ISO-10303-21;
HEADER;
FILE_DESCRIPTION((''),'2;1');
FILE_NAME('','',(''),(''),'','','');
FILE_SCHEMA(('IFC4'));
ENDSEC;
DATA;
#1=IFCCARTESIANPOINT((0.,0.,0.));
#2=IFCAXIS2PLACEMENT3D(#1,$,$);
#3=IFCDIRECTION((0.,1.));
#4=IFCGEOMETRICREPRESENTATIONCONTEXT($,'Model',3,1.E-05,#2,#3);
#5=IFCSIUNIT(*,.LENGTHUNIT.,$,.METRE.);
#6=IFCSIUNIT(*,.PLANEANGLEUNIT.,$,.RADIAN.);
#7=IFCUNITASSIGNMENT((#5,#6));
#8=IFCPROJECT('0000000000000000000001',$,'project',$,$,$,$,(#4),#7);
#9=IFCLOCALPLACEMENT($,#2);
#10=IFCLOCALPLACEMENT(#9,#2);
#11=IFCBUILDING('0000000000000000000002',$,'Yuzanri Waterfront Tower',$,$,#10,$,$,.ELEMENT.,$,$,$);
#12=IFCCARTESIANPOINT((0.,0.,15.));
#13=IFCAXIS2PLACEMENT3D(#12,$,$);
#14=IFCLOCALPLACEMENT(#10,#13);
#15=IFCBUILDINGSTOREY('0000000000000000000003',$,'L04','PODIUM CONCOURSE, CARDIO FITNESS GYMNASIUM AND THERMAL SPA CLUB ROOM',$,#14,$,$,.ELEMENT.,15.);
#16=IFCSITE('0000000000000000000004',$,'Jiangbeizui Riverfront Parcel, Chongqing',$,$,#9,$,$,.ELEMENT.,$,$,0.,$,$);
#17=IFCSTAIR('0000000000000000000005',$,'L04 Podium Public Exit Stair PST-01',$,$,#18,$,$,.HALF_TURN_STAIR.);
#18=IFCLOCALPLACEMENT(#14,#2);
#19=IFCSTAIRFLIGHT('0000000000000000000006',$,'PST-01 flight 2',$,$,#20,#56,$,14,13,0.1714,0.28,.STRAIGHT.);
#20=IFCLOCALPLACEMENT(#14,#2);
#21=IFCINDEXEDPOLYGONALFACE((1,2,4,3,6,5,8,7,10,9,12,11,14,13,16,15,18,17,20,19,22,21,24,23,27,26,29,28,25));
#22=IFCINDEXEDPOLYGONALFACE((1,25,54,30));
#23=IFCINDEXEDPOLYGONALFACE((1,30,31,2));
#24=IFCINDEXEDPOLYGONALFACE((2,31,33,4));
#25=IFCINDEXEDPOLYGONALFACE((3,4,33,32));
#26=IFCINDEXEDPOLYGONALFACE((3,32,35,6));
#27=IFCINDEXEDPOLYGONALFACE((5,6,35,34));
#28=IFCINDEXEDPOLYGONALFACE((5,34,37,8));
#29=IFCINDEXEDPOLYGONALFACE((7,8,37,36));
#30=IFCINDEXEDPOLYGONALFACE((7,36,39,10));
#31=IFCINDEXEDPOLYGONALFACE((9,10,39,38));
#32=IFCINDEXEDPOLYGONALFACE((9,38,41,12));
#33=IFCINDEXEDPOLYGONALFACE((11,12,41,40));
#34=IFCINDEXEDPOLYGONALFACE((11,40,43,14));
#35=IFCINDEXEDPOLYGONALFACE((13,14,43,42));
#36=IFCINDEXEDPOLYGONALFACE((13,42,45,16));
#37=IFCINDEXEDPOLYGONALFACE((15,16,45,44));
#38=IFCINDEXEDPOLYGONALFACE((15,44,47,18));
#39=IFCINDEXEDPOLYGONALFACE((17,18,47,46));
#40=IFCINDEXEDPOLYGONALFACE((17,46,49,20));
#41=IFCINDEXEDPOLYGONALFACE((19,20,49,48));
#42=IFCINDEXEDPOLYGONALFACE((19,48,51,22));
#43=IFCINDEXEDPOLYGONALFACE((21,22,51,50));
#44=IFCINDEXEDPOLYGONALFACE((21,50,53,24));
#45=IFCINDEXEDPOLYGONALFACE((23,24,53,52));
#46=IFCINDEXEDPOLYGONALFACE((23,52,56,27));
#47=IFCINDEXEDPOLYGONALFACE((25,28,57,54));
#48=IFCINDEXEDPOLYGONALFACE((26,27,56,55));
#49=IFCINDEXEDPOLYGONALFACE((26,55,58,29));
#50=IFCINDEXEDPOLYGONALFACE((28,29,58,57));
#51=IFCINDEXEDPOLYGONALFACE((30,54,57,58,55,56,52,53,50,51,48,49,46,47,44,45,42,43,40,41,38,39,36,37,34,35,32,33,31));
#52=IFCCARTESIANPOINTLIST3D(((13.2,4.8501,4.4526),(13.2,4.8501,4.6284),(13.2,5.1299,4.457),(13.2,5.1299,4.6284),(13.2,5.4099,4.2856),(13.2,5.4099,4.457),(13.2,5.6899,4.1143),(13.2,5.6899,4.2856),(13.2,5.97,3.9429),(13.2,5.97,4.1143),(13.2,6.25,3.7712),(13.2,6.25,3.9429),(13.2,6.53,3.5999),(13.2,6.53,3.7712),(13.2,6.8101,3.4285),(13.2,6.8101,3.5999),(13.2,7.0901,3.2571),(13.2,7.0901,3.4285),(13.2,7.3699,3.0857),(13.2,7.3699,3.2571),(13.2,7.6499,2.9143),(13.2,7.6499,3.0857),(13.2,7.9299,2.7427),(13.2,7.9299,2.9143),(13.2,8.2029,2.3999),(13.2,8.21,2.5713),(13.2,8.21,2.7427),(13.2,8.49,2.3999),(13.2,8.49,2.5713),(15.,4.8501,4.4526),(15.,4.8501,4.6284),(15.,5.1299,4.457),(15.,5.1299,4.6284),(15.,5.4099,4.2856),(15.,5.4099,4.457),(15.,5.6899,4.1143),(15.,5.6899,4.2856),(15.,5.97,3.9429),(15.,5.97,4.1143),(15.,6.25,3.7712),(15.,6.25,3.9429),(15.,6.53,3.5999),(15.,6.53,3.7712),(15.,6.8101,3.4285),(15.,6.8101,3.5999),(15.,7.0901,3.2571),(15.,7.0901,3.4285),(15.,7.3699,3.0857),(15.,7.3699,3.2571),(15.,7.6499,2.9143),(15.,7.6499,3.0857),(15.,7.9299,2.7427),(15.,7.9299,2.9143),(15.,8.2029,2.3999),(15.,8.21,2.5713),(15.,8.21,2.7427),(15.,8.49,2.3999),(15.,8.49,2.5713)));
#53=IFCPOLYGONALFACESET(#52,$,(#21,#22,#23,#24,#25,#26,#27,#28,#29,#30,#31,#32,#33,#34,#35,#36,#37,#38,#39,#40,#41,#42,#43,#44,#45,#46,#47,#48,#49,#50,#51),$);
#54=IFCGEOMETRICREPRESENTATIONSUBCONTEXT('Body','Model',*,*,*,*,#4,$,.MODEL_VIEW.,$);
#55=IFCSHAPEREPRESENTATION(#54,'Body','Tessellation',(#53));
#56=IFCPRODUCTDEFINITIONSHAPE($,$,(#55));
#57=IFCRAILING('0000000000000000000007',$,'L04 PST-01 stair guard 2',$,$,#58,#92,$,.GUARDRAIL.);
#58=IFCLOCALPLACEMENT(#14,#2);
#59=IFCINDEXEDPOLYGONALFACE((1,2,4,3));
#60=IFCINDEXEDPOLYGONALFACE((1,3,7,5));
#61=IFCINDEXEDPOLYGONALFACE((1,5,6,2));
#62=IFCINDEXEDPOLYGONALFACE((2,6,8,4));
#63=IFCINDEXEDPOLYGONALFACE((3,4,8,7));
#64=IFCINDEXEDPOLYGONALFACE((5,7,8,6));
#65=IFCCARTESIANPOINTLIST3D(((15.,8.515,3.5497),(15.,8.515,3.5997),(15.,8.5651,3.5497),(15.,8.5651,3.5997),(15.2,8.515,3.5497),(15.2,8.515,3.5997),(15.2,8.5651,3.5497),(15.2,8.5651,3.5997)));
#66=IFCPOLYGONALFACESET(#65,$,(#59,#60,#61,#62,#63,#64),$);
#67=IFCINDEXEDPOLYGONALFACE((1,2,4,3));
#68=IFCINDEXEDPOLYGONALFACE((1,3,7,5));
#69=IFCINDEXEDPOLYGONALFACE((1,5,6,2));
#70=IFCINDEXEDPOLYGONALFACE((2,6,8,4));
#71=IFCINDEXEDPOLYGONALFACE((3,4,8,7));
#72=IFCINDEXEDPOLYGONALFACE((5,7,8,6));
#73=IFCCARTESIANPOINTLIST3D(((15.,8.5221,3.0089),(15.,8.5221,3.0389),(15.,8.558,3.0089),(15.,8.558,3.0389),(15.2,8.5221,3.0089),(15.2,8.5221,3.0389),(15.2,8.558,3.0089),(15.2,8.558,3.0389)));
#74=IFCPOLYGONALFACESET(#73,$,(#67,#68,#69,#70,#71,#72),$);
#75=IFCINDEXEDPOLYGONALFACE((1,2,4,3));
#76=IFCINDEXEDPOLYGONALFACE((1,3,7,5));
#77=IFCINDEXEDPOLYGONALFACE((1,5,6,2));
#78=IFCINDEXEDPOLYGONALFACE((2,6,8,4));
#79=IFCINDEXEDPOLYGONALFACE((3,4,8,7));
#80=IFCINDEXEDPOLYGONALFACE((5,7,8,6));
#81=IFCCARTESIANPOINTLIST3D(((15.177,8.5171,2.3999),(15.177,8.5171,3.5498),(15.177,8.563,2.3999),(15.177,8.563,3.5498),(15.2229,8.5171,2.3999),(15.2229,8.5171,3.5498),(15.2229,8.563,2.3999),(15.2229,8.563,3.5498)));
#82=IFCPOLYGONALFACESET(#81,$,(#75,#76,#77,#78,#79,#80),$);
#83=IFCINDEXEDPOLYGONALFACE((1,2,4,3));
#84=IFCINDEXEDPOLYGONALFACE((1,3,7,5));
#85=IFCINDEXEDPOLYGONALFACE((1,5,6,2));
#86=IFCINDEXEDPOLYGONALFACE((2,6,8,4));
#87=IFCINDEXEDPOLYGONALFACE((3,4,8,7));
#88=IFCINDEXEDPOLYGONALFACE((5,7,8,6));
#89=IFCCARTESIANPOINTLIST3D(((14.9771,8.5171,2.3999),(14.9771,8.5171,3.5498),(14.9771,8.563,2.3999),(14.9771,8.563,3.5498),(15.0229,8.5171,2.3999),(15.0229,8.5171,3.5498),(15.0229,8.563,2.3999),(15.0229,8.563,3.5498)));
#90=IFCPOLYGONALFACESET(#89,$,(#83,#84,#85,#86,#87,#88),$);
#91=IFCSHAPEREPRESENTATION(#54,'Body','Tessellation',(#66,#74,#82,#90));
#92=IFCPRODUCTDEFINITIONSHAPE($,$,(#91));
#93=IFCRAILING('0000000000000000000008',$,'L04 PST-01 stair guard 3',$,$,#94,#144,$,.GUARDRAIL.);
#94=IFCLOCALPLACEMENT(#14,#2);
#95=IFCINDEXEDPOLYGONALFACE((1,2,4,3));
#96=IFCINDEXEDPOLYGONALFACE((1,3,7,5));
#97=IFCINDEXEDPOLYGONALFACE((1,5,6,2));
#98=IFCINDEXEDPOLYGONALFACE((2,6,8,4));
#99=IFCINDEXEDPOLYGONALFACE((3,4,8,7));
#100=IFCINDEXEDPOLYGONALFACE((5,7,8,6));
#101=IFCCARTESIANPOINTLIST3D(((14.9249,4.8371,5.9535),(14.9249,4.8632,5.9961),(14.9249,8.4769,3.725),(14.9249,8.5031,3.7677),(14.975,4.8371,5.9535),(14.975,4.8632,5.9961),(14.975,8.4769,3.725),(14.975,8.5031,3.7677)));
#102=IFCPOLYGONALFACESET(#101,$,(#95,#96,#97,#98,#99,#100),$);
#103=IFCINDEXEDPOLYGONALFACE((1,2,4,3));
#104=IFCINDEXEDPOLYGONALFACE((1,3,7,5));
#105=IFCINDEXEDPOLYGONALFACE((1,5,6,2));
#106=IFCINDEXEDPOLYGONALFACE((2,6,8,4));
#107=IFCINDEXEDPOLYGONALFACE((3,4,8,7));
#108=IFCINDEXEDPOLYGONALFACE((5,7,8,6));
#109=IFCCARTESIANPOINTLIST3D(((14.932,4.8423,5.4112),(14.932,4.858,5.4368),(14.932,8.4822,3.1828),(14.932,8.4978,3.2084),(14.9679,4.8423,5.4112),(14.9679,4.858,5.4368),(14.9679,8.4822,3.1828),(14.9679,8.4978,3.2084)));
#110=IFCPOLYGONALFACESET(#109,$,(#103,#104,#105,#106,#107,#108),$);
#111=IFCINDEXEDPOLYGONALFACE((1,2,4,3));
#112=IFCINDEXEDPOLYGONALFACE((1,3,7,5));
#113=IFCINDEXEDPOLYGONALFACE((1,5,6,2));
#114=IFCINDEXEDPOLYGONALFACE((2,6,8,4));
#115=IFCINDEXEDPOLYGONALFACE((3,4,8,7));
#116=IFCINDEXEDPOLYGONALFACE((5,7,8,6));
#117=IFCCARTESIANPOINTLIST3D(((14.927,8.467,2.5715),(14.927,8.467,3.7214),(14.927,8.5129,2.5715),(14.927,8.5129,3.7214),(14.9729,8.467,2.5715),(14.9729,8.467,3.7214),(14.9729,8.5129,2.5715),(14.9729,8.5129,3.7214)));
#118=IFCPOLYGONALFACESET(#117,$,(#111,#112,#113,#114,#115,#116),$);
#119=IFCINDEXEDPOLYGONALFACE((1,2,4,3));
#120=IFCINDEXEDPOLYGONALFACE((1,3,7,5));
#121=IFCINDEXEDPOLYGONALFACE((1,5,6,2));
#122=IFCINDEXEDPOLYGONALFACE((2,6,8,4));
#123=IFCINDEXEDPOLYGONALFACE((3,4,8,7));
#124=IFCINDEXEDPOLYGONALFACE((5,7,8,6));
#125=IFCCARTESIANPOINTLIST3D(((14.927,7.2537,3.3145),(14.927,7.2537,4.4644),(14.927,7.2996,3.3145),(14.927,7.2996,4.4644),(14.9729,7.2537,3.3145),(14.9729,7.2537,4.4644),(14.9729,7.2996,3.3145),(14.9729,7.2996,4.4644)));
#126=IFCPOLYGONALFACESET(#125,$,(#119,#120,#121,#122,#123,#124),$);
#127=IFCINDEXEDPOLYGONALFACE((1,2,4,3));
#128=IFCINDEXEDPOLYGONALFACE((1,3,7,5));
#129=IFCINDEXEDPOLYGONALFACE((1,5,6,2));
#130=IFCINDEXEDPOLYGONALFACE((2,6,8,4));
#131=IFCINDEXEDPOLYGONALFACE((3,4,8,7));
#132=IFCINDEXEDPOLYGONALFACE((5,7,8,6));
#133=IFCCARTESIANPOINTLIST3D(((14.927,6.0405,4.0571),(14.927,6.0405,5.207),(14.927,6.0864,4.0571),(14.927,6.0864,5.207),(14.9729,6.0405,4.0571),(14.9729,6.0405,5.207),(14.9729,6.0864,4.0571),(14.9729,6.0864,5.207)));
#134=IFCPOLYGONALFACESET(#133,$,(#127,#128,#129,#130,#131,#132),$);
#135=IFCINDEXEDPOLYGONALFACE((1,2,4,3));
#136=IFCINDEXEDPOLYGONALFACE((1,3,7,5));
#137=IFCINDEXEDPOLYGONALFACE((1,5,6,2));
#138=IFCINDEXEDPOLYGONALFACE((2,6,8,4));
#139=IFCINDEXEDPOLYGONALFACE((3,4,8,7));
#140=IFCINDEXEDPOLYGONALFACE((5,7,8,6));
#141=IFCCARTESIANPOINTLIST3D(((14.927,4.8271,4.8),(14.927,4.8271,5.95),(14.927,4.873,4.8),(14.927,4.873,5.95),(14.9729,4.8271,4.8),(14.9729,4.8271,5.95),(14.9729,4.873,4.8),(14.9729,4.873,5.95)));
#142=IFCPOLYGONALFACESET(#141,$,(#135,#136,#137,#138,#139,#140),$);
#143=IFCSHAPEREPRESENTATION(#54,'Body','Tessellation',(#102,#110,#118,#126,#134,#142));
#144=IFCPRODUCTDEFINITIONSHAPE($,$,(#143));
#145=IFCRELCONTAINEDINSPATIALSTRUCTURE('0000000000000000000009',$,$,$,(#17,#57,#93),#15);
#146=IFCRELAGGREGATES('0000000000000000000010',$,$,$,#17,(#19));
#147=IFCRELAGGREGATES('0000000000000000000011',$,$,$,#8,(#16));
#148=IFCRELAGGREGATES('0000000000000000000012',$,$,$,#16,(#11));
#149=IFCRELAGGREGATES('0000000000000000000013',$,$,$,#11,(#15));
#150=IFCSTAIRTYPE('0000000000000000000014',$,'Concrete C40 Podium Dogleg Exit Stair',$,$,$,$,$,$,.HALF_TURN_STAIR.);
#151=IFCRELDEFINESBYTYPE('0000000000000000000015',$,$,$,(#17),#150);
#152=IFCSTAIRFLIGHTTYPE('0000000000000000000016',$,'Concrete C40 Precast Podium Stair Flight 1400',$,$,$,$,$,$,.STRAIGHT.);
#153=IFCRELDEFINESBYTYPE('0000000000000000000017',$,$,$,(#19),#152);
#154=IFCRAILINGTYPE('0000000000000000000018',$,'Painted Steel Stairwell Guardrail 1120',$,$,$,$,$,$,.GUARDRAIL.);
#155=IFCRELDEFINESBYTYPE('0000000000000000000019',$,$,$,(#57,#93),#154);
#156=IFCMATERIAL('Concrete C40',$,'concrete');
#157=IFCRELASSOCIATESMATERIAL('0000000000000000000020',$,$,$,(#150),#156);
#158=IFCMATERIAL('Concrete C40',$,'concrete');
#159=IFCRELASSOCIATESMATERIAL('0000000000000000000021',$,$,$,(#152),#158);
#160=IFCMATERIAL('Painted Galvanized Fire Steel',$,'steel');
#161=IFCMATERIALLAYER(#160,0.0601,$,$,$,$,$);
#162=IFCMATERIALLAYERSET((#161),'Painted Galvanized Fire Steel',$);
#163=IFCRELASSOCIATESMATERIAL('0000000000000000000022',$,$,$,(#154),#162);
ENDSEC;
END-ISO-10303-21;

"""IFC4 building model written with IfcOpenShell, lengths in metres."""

from ifc_helpers import new_model, si_unit, direction, frame, origin, origin_2d, place, context, subcontext, project, spatial, polyline, rectangle, outline, extrude, source, transform, mapped, material, layer, layer_set, type_object, element, aggregate, save


model = new_model("IFC4")

# Units and contexts
model_context = context("Model", 3, precision=1e-05, world=origin(), true_north=direction((0.0, 1.0)))
body_context = subcontext(model_context, "Body", "Model", "MODEL_VIEW")
ifc_project = project(units=[si_unit("LENGTHUNIT", "METRE"), si_unit("PLANEANGLEUNIT", "RADIAN")], contexts=[model_context])

# Site, building, storey
site_placement = place(None, origin())
site = spatial("IfcSite", under=ifc_project, at=site_placement, Name="Jiangbeizui Riverfront Parcel, Chongqing", CompositionType="ELEMENT", RefElevation=0.0)
building_placement = place(site_placement, origin())
building = spatial("IfcBuilding", under=site, at=building_placement, Name="Yuzanri Waterfront Tower", CompositionType="ELEMENT")
storey_placement = place(building_placement, frame((0.0, 0.0, 15.0)))
storey = spatial("IfcBuildingStorey", under=building, at=storey_placement, Name="L04", Description="PODIUM CONCOURSE, CARDIO FITNESS GYMNASIUM AND THERMAL SPA CLUB ROOM", CompositionType="ELEMENT", Elevation=15.0)

# Stair, stair flight
ifc_material_1 = material(Name="Concrete C40", Category="concrete")
stair_type = type_object("IfcStairType", Name="Concrete C40 Podium Dogleg Exit Stair", PredefinedType="HALF_TURN_STAIR", material=ifc_material_1)
stair_placement = place(storey_placement, origin())
stair = element("IfcStair", 1, at=stair_placement, inside=storey, type_object=stair_type, Name="L04 Podium Public Exit Stair PST-01", PredefinedType="HALF_TURN_STAIR")
ifc_material_2 = material(Name="Concrete C40", Category="concrete")
stair_flight_type = type_object("IfcStairFlightType", Name="Concrete C40 Precast Podium Stair Flight 1400", PredefinedType="STRAIGHT", material=ifc_material_2)
shared_shape_1 = source(origin(), body_context, "Body", "SweptSolid", [
    extrude(outline(polyline([(0.0, 0.0), (0.0, 0.1714), (0.28, 0.1714), (0.28, 0.3428), (0.5601, 0.3428), (0.5601, 0.5144), (0.8401, 0.5144), (0.8401, 0.6858), (1.1201, 0.6858), (1.1201, 0.8572), (1.3999, 0.8572), (1.3999, 1.0286), (1.6799, 1.0286), (1.6799, 1.2), (1.96, 1.2), (1.96, 1.3713), (2.24, 1.3713), (2.24, 1.543), (2.52, 1.543), (2.52, 1.7144), (2.8, 1.7144), (2.8, 1.8857), (3.0801, 1.8857), (3.0801, 2.0571), (3.3601, 2.0571), (3.3601, 2.2285), (3.6399, 2.2285), (3.6399, 2.3999), (3.6399, 2.0527), (0.2871, 0.0), (0.0, 0.0)])), frame((0.0, 0.8999, 0.0), z_axis=(0.0, -1.0, 0.0), x_axis=(1.0, 0.0, 0.0)), (0.0, 0.0, 1.0), 1.8),
])
stair_flight_placement = place(storey_placement, frame((14.1001, 8.49, 2.3999), z_axis=(0.0, 0.0, 1.0), x_axis=(0.0, -1.0, 0.0)))
stair_flight = element("IfcStairFlight", 2, at=stair_flight_placement, type_object=stair_flight_type, Name="PST-01 flight 2", NumberOfRisers=14, NumberOfTreads=13, PredefinedType="STRAIGHT", RiserHeight=0.1714, TreadLength=0.28, context=body_context, shape_type="MappedRepresentation", body=[
    mapped(shared_shape_1, transform((0.0, 0.0, 0.0), scale=1.0)),
])
aggregate(stair, [stair_flight])

# Railings
ifc_material_3 = material(Name="Painted Galvanized Fire Steel", Category="steel")
ifc_layer_1 = layer(ifc_material_3, 0.0601)
ifc_layer_set_1 = layer_set([ifc_layer_1], Name="Painted Galvanized Fire Steel")
railing_type = type_object("IfcRailingType", Name="Painted Steel Stairwell Guardrail 1120", PredefinedType="GUARDRAIL", material=ifc_layer_set_1)
shared_shape_2 = source(origin(), body_context, "Body", "SweptSolid", [
    extrude(rectangle(XDim=0.05, YDim=0.05, at=origin_2d()), frame((0.0, 0.0, 1.1748), z_axis=(-1.0, 0.0, 0.0), x_axis=(0.0, -1.0, 0.0)), (0.0, 0.0, 1.0), 0.2),
    extrude(rectangle(XDim=0.0359, YDim=0.03, at=origin_2d()), frame((0.0, 0.0, 0.624), z_axis=(-1.0, 0.0, 0.0), x_axis=(0.0, -1.0, 0.0)), (0.0, 0.0, 1.0), 0.2),
    extrude(rectangle(XDim=0.0459, YDim=0.0459, at=origin_2d()), origin(), (0.0, 0.0, 1.0), 1.1499),
    extrude(rectangle(XDim=0.0459, YDim=0.0459, at=origin_2d()), frame((-0.2, 0.0, 0.0)), (0.0, 0.0, 1.0), 1.1499),
])
railing_1_placement = place(storey_placement, frame((15.2, 8.54, 2.3999)))
element("IfcRailing", 3, at=railing_1_placement, inside=storey, type_object=railing_type, Name="L04 PST-01 stair guard 2", PredefinedType="GUARDRAIL", context=body_context, shape_type="MappedRepresentation", body=[
    mapped(shared_shape_2, transform((0.0, 0.0, 0.0), scale=1.0)),
])
shared_shape_3 = source(origin(), body_context, "Body", "SweptSolid", [
    extrude(rectangle(XDim=0.05, YDim=0.05, at=origin_2d()), frame((0.0, 0.0, 1.1748), z_axis=(0.0, -0.85285, 0.522156), x_axis=(1.0, 0.0, 0.0)), (0.0, 0.0, 1.0), 4.2678),
    extrude(rectangle(XDim=0.0359, YDim=0.03, at=origin_2d()), frame((0.0, 0.0, 0.624), z_axis=(0.0, -0.85285, 0.522156), x_axis=(1.0, 0.0, 0.0)), (0.0, 0.0, 1.0), 4.2678),
    extrude(rectangle(XDim=0.0459, YDim=0.0459, at=origin_2d()), origin(), (0.0, 0.0, 1.0), 1.1499),
    extrude(rectangle(XDim=0.0459, YDim=0.0459, at=origin_2d()), frame((0.0, -1.2134, 0.7429)), (0.0, 0.0, 1.0), 1.1499),
    extrude(rectangle(XDim=0.0459, YDim=0.0459, at=origin_2d()), frame((0.0, -2.4265, 1.4856)), (0.0, 0.0, 1.0), 1.1499),
    extrude(rectangle(XDim=0.0459, YDim=0.0459, at=origin_2d()), frame((0.0, -3.6399, 2.2285)), (0.0, 0.0, 1.0), 1.1499),
])
railing_2_placement = place(storey_placement, frame((14.95, 8.49, 2.5715)))
element("IfcRailing", 4, at=railing_2_placement, inside=storey, type_object=railing_type, Name="L04 PST-01 stair guard 3", PredefinedType="GUARDRAIL", context=body_context, shape_type="MappedRepresentation", body=[
    mapped(shared_shape_3, transform((0.0, 0.0, 0.0), scale=1.0)),
])

save(model, "model.ifc")
